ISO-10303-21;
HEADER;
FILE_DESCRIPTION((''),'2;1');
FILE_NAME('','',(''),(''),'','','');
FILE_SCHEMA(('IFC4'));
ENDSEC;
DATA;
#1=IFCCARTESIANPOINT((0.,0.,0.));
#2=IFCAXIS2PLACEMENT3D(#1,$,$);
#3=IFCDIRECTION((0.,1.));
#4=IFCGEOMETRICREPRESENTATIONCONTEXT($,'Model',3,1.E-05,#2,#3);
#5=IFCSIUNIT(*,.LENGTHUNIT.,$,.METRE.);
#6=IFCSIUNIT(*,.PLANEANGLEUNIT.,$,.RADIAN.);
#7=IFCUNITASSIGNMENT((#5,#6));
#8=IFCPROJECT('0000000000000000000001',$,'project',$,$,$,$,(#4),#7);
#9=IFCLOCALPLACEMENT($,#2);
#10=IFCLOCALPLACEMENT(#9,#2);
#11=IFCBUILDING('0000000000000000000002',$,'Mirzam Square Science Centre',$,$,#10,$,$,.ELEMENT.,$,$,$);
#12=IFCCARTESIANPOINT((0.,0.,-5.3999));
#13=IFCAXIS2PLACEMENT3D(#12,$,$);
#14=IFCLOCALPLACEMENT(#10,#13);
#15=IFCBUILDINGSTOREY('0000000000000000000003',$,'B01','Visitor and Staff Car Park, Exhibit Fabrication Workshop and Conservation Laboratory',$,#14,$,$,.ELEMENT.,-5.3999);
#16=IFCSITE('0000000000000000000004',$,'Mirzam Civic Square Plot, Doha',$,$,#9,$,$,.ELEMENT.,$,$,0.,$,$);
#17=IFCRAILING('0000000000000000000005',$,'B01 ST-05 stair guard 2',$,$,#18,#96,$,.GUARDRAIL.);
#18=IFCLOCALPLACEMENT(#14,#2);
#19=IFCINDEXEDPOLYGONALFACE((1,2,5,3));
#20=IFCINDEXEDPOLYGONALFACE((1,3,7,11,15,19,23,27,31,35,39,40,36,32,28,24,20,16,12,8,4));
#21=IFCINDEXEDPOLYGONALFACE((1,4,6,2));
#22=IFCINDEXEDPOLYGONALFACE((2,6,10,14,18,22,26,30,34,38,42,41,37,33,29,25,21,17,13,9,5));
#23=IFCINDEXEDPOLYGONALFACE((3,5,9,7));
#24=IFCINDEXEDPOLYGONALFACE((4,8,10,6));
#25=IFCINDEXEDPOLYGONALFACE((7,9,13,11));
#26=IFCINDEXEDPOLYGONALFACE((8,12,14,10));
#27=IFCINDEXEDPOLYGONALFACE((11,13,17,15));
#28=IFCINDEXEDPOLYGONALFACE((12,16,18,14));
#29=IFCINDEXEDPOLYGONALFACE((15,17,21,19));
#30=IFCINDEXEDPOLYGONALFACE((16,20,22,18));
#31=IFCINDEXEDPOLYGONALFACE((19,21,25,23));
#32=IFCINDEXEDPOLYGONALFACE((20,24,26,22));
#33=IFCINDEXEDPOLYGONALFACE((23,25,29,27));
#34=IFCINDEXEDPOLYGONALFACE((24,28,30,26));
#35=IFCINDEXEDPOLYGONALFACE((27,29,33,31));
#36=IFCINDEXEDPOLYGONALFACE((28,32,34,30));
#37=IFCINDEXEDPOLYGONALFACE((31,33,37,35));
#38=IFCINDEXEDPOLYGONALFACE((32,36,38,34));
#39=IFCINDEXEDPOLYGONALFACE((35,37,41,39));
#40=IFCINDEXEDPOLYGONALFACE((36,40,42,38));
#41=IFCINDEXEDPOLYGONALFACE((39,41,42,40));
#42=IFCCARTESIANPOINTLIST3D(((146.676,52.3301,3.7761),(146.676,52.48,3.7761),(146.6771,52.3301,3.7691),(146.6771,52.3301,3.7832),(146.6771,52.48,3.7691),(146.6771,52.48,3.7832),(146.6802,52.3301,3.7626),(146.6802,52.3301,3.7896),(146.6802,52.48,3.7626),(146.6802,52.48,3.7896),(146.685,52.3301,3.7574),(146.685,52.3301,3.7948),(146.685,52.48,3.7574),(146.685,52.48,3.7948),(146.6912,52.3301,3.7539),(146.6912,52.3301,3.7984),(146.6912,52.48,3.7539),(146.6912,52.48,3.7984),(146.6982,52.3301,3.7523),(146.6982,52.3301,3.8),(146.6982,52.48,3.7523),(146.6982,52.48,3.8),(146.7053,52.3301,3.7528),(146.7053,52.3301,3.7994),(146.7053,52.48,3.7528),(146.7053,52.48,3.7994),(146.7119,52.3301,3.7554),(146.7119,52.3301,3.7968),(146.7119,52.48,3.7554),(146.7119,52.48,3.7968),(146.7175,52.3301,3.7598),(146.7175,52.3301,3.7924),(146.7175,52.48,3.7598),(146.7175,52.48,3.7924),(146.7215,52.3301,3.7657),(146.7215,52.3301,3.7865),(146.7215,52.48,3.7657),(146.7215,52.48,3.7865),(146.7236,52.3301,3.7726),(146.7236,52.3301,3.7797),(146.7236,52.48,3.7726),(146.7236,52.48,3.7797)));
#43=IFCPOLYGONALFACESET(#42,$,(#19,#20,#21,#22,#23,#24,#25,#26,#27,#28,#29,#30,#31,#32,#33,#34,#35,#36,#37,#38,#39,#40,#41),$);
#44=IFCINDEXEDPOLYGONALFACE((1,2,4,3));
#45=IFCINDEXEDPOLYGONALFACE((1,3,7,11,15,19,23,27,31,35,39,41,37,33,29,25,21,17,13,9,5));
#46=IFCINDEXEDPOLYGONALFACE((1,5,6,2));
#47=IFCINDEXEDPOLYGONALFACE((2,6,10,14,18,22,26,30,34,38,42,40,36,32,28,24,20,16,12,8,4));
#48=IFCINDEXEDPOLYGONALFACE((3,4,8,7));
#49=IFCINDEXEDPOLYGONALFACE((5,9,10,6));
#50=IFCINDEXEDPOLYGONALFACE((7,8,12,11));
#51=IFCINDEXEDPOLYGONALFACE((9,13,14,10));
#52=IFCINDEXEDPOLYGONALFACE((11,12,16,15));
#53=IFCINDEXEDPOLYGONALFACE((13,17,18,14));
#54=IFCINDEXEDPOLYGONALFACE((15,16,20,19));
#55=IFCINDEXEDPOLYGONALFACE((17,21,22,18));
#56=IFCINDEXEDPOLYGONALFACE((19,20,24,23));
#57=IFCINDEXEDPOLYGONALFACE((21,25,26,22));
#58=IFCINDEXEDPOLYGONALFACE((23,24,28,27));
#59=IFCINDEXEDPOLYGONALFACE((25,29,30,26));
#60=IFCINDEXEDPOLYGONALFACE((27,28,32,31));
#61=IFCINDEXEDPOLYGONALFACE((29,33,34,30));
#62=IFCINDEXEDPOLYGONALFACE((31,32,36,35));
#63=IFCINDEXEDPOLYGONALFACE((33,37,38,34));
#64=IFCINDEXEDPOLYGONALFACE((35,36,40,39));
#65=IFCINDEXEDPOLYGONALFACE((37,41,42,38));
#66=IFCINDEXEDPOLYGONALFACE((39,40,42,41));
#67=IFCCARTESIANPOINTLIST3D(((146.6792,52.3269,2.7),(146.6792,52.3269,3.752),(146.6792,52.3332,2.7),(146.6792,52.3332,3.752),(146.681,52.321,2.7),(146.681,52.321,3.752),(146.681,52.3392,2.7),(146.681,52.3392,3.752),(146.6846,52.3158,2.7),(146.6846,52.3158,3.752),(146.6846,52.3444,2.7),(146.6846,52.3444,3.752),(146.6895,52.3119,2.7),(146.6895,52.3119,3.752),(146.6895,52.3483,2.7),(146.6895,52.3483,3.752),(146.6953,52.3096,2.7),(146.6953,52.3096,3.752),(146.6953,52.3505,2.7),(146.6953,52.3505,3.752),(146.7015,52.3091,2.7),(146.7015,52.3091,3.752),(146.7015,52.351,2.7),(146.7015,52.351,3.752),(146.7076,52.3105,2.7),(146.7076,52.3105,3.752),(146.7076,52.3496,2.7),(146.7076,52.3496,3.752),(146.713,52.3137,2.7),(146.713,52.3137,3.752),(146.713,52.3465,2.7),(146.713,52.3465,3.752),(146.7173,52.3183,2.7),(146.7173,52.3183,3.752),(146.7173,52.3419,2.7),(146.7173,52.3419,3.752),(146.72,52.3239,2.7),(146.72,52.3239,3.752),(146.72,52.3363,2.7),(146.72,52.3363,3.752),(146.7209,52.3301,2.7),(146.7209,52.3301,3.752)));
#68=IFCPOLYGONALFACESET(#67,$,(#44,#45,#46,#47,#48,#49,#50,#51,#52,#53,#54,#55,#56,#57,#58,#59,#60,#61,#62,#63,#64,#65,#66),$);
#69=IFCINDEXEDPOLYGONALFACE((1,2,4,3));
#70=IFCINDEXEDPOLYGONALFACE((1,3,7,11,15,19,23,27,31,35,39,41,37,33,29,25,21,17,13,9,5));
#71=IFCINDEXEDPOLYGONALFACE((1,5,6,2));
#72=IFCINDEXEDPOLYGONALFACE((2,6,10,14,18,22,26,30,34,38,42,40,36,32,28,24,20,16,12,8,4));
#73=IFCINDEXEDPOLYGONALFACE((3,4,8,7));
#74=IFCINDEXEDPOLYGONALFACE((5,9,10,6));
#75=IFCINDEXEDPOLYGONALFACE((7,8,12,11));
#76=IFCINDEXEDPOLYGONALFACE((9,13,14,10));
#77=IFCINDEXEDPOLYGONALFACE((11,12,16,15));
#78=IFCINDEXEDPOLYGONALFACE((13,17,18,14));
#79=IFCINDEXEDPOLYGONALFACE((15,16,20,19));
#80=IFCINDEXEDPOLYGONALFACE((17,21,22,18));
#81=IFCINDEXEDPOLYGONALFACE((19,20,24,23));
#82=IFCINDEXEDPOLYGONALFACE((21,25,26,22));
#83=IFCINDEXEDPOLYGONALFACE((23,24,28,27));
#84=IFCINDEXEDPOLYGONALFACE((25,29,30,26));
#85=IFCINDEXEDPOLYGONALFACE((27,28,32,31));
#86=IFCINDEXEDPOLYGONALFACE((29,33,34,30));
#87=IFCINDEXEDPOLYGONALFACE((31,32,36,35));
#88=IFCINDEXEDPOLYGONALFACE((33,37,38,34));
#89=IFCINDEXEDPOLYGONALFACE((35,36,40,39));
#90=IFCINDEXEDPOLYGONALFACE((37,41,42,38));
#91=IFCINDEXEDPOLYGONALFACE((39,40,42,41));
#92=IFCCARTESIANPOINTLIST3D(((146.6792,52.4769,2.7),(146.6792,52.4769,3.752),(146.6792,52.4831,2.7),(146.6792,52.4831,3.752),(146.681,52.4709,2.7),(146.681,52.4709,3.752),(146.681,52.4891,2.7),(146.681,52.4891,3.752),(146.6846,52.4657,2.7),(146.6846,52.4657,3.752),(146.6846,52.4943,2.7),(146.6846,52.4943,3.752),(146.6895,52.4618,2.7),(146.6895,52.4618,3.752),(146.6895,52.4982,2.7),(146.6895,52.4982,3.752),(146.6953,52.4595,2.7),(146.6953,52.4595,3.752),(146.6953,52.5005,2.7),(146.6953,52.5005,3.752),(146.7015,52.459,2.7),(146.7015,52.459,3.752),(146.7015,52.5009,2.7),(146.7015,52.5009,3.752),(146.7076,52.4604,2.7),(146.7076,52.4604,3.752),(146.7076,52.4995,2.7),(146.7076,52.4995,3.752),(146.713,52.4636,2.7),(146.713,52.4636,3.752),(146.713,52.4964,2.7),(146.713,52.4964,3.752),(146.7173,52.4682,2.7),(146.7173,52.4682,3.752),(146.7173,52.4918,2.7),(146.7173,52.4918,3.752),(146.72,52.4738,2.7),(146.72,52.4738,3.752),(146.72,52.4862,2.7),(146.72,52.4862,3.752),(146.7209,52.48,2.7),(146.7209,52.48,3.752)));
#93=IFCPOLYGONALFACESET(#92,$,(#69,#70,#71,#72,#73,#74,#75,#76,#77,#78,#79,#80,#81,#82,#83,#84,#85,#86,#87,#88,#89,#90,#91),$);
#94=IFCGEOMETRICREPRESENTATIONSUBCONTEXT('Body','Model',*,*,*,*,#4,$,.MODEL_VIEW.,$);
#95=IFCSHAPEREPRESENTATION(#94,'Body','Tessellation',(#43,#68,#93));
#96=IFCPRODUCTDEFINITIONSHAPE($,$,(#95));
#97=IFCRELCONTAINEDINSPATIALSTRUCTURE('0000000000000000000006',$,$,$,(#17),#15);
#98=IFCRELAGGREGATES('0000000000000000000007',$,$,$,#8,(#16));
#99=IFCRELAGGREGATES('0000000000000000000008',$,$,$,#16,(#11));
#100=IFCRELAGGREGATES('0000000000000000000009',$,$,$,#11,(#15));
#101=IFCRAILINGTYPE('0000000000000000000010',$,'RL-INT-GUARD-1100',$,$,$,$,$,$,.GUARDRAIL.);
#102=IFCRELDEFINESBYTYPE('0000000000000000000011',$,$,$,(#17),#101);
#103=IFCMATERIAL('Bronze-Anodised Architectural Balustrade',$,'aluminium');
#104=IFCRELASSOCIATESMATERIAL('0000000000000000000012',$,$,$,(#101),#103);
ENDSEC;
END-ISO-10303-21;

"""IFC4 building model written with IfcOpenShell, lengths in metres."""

from ifc_helpers import new_model, si_unit, direction, frame, origin, origin_2d, place, context, subcontext, project, spatial, circle, extrude, material, type_object, element, save


model = new_model("IFC4")

# Units and contexts
model_context = context("Model", 3, precision=1e-05, world=origin(), true_north=direction((0.0, 1.0)))
body_context = subcontext(model_context, "Body", "Model", "MODEL_VIEW")
ifc_project = project(units=[si_unit("LENGTHUNIT", "METRE"), si_unit("PLANEANGLEUNIT", "RADIAN")], contexts=[model_context])

# Site, building, storey
site_placement = place(None, origin())
site = spatial("IfcSite", under=ifc_project, at=site_placement, Name="Mirzam Civic Square Plot, Doha", CompositionType="ELEMENT", RefElevation=0.0)
building_placement = place(site_placement, origin())
building = spatial("IfcBuilding", under=site, at=building_placement, Name="Mirzam Square Science Centre", CompositionType="ELEMENT")
storey_placement = place(building_placement, frame((0.0, 0.0, -5.3999)))
storey = spatial("IfcBuildingStorey", under=building, at=storey_placement, Name="B01", Description="Visitor and Staff Car Park, Exhibit Fabrication Workshop and Conservation Laboratory", CompositionType="ELEMENT", Elevation=-5.3999)

# Railing
ifc_material_1 = material(Name="Bronze-Anodised Architectural Balustrade", Category="aluminium")
railing_type_1 = type_object("IfcRailingType", Name="RL-INT-GUARD-1100", PredefinedType="GUARDRAIL", material=ifc_material_1)
railing_1_placement = place(storey_placement, frame((146.7, 52.3301, 2.7)))
element("IfcRailing", 1, at=railing_1_placement, inside=storey, type_object=railing_type_1, Name="B01 ST-05 stair guard 2", PredefinedType="GUARDRAIL", context=body_context, shape_type="SweptSolid", body=[
    extrude(circle(Radius=0.0239, at=origin_2d()), frame((0.0, 0.0, 1.0762), z_axis=(0.0, 1.0, 0.0), x_axis=(-1.0, 0.0, 0.0)), (0.0, 0.0, 1.0), 0.1499),
    extrude(circle(Radius=0.021, at=origin_2d()), origin(), (0.0, 0.0, 1.0), 1.052),
    extrude(circle(Radius=0.021, at=origin_2d()), frame((0.0, 0.1499, 0.0)), (0.0, 0.0, 1.0), 1.052),
])

save(model, "model.ifc")
